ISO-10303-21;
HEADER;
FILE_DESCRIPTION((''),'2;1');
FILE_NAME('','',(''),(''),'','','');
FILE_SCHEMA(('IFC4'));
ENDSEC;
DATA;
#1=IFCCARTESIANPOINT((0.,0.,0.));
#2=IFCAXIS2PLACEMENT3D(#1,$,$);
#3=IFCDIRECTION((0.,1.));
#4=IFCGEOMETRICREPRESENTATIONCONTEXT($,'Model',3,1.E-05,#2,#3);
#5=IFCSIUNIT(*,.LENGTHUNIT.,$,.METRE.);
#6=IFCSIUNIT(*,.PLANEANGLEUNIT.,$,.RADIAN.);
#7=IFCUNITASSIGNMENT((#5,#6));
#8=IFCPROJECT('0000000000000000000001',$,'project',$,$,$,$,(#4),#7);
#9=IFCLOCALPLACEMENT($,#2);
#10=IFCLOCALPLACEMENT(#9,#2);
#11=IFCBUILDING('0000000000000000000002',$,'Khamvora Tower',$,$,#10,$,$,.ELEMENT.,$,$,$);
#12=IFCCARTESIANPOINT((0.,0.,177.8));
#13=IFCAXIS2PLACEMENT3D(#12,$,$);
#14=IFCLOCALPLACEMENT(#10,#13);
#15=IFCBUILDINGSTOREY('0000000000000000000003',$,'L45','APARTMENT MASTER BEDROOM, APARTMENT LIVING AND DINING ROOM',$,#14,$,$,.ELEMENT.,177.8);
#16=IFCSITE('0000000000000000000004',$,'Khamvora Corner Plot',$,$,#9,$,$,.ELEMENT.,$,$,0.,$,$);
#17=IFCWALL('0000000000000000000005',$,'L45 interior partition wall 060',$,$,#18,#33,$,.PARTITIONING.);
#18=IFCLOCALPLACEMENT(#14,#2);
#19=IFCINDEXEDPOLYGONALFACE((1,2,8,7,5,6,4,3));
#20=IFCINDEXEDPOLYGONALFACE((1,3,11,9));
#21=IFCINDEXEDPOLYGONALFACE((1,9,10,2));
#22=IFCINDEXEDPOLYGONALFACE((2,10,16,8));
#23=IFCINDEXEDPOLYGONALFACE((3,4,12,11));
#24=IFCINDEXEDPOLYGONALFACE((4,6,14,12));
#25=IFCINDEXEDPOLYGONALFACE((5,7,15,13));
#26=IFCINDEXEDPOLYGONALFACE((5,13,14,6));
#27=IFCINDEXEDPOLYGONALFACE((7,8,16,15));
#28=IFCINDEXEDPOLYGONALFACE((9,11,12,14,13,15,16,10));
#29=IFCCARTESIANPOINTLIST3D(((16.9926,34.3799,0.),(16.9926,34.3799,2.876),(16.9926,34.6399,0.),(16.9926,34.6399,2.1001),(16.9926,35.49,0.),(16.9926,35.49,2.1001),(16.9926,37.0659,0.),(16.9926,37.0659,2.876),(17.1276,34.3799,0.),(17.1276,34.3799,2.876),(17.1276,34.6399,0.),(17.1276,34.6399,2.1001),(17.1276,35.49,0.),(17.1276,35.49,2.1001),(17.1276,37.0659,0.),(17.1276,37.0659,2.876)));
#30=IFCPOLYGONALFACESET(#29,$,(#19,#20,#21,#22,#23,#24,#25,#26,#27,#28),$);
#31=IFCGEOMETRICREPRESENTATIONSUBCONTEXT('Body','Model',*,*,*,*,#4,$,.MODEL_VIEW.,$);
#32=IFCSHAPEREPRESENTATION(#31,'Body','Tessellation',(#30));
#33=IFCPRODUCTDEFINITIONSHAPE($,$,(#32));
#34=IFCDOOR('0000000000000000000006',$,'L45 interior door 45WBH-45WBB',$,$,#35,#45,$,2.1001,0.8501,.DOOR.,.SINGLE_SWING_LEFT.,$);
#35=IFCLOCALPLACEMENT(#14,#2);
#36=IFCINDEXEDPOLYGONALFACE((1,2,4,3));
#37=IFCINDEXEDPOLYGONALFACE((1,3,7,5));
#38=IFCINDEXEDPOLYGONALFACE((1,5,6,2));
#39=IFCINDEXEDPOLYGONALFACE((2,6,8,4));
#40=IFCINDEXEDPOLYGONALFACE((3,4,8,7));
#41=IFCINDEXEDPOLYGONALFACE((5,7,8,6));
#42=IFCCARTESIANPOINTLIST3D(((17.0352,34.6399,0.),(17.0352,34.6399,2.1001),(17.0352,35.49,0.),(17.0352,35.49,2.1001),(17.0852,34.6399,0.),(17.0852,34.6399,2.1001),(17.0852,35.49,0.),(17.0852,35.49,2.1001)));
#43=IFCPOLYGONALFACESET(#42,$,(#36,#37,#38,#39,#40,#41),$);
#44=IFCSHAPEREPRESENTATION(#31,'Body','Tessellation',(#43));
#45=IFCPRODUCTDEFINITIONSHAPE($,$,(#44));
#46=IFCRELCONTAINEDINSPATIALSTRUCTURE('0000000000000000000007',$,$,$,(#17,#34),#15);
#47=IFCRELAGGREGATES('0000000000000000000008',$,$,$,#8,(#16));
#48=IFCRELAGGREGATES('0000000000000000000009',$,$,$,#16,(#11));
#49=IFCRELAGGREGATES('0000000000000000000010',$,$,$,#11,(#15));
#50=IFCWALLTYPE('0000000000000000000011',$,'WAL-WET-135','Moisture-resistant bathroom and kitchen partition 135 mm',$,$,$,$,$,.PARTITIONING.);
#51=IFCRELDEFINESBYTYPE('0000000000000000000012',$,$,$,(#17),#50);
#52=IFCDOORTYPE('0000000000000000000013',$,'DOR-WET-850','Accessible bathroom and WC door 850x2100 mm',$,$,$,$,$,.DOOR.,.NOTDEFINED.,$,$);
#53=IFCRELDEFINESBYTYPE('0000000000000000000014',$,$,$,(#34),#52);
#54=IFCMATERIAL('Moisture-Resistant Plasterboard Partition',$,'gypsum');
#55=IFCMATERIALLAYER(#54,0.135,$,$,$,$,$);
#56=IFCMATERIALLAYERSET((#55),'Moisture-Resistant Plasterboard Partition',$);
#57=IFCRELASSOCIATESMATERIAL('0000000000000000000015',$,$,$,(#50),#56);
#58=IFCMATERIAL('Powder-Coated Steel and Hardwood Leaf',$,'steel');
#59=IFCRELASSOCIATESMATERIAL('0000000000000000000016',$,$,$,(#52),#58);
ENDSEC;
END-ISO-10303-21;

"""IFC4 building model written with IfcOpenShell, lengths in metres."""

from ifc_helpers import new_model, si_unit, direction, frame, frame_2d, origin, place, context, subcontext, project, spatial, rectangle, extrude, material, layer, layer_set, type_object, element, fill, save


model = new_model("IFC4")

# Units and contexts
model_context = context("Model", 3, precision=1e-05, world=origin(), true_north=direction((0.0, 1.0)))
body_context = subcontext(model_context, "Body", "Model", "MODEL_VIEW")
ifc_project = project(units=[si_unit("LENGTHUNIT", "METRE"), si_unit("PLANEANGLEUNIT", "RADIAN")], contexts=[model_context])

# Site, building, storey
site_placement = place(None, origin())
site = spatial("IfcSite", under=ifc_project, at=site_placement, Name="Khamvora Corner Plot", CompositionType="ELEMENT", RefElevation=0.0)
building_placement = place(site_placement, origin())
building = spatial("IfcBuilding", under=site, at=building_placement, Name="Khamvora Tower", CompositionType="ELEMENT")
storey_placement = place(building_placement, frame((0.0, 0.0, 177.8)))
storey = spatial("IfcBuildingStorey", under=building, at=storey_placement, Name="L45", Description="APARTMENT MASTER BEDROOM, APARTMENT LIVING AND DINING ROOM", CompositionType="ELEMENT", Elevation=177.8)

# Shared definitions
ifc_material_1 = material(Name="Powder-Coated Steel and Hardwood Leaf", Category="steel")

# Wall, opening, door
ifc_material_2 = material(Name="Moisture-Resistant Plasterboard Partition", Category="gypsum")
ifc_layer_1 = layer(ifc_material_2, 0.135)
ifc_layer_set_1 = layer_set([ifc_layer_1], Name="Moisture-Resistant Plasterboard Partition")
wall_type_1 = type_object("IfcWallType", Name="WAL-WET-135", Description="Moisture-resistant bathroom and kitchen partition 135 mm", PredefinedType="PARTITIONING", material=ifc_layer_set_1)
wall_1_placement = place(storey_placement, frame((17.0601, 34.3799, 0.0), z_axis=(0.0, 0.0, 1.0), x_axis=(0.0, 1.0, 0.0)))
wall_1 = element("IfcWall", 1, at=wall_1_placement, inside=storey, type_object=wall_type_1, Name="L45 interior partition wall 060", PredefinedType="PARTITIONING", context=body_context, shape_type="SweptSolid", body=[
    extrude(rectangle(XDim=2.686, YDim=0.135, at=frame_2d((1.343, 0.0))), origin(), (0.0, 0.0, 1.0), 2.876),
])
opening_1_placement = place(wall_1_placement, frame((0.26, 0.0, 0.0)))
opening_1 = element("IfcOpeningElement", 2, at=opening_1_placement, cuts=wall_1, PredefinedType="OPENING", context=body_context, shape_type="SweptSolid", body=[
    extrude(rectangle(XDim=0.8501, YDim=2.1001, at=frame_2d((0.425, 1.05))), frame((0.0, 0.0774, 0.0), z_axis=(0.0, -1.0, 0.0), x_axis=(1.0, 0.0, 0.0)), (0.0, 0.0, 1.0), 0.155),
])
door_type_1 = type_object("IfcDoorType", Name="DOR-WET-850", Description="Accessible bathroom and WC door 850x2100 mm", OperationType="NOTDEFINED", PredefinedType="DOOR", material=ifc_material_1)
door_1_placement = place(opening_1_placement, origin())
door_1 = element("IfcDoor", 3, at=door_1_placement, inside=storey, type_object=door_type_1, Name="L45 interior door 45WBH-45WBB", OperationType="SINGLE_SWING_LEFT", OverallHeight=2.1001, OverallWidth=0.8501, PredefinedType="DOOR", context=body_context, shape_type="SweptSolid", body=[
    extrude(rectangle(XDim=0.8501, YDim=2.1001, at=frame_2d((0.425, 1.05))), frame((0.0, 0.0249, 0.0), z_axis=(0.0, -1.0, 0.0), x_axis=(1.0, 0.0, 0.0)), (0.0, 0.0, 1.0), 0.05),
])
fill(opening_1, door_1)

save(model, "model.ifc")
